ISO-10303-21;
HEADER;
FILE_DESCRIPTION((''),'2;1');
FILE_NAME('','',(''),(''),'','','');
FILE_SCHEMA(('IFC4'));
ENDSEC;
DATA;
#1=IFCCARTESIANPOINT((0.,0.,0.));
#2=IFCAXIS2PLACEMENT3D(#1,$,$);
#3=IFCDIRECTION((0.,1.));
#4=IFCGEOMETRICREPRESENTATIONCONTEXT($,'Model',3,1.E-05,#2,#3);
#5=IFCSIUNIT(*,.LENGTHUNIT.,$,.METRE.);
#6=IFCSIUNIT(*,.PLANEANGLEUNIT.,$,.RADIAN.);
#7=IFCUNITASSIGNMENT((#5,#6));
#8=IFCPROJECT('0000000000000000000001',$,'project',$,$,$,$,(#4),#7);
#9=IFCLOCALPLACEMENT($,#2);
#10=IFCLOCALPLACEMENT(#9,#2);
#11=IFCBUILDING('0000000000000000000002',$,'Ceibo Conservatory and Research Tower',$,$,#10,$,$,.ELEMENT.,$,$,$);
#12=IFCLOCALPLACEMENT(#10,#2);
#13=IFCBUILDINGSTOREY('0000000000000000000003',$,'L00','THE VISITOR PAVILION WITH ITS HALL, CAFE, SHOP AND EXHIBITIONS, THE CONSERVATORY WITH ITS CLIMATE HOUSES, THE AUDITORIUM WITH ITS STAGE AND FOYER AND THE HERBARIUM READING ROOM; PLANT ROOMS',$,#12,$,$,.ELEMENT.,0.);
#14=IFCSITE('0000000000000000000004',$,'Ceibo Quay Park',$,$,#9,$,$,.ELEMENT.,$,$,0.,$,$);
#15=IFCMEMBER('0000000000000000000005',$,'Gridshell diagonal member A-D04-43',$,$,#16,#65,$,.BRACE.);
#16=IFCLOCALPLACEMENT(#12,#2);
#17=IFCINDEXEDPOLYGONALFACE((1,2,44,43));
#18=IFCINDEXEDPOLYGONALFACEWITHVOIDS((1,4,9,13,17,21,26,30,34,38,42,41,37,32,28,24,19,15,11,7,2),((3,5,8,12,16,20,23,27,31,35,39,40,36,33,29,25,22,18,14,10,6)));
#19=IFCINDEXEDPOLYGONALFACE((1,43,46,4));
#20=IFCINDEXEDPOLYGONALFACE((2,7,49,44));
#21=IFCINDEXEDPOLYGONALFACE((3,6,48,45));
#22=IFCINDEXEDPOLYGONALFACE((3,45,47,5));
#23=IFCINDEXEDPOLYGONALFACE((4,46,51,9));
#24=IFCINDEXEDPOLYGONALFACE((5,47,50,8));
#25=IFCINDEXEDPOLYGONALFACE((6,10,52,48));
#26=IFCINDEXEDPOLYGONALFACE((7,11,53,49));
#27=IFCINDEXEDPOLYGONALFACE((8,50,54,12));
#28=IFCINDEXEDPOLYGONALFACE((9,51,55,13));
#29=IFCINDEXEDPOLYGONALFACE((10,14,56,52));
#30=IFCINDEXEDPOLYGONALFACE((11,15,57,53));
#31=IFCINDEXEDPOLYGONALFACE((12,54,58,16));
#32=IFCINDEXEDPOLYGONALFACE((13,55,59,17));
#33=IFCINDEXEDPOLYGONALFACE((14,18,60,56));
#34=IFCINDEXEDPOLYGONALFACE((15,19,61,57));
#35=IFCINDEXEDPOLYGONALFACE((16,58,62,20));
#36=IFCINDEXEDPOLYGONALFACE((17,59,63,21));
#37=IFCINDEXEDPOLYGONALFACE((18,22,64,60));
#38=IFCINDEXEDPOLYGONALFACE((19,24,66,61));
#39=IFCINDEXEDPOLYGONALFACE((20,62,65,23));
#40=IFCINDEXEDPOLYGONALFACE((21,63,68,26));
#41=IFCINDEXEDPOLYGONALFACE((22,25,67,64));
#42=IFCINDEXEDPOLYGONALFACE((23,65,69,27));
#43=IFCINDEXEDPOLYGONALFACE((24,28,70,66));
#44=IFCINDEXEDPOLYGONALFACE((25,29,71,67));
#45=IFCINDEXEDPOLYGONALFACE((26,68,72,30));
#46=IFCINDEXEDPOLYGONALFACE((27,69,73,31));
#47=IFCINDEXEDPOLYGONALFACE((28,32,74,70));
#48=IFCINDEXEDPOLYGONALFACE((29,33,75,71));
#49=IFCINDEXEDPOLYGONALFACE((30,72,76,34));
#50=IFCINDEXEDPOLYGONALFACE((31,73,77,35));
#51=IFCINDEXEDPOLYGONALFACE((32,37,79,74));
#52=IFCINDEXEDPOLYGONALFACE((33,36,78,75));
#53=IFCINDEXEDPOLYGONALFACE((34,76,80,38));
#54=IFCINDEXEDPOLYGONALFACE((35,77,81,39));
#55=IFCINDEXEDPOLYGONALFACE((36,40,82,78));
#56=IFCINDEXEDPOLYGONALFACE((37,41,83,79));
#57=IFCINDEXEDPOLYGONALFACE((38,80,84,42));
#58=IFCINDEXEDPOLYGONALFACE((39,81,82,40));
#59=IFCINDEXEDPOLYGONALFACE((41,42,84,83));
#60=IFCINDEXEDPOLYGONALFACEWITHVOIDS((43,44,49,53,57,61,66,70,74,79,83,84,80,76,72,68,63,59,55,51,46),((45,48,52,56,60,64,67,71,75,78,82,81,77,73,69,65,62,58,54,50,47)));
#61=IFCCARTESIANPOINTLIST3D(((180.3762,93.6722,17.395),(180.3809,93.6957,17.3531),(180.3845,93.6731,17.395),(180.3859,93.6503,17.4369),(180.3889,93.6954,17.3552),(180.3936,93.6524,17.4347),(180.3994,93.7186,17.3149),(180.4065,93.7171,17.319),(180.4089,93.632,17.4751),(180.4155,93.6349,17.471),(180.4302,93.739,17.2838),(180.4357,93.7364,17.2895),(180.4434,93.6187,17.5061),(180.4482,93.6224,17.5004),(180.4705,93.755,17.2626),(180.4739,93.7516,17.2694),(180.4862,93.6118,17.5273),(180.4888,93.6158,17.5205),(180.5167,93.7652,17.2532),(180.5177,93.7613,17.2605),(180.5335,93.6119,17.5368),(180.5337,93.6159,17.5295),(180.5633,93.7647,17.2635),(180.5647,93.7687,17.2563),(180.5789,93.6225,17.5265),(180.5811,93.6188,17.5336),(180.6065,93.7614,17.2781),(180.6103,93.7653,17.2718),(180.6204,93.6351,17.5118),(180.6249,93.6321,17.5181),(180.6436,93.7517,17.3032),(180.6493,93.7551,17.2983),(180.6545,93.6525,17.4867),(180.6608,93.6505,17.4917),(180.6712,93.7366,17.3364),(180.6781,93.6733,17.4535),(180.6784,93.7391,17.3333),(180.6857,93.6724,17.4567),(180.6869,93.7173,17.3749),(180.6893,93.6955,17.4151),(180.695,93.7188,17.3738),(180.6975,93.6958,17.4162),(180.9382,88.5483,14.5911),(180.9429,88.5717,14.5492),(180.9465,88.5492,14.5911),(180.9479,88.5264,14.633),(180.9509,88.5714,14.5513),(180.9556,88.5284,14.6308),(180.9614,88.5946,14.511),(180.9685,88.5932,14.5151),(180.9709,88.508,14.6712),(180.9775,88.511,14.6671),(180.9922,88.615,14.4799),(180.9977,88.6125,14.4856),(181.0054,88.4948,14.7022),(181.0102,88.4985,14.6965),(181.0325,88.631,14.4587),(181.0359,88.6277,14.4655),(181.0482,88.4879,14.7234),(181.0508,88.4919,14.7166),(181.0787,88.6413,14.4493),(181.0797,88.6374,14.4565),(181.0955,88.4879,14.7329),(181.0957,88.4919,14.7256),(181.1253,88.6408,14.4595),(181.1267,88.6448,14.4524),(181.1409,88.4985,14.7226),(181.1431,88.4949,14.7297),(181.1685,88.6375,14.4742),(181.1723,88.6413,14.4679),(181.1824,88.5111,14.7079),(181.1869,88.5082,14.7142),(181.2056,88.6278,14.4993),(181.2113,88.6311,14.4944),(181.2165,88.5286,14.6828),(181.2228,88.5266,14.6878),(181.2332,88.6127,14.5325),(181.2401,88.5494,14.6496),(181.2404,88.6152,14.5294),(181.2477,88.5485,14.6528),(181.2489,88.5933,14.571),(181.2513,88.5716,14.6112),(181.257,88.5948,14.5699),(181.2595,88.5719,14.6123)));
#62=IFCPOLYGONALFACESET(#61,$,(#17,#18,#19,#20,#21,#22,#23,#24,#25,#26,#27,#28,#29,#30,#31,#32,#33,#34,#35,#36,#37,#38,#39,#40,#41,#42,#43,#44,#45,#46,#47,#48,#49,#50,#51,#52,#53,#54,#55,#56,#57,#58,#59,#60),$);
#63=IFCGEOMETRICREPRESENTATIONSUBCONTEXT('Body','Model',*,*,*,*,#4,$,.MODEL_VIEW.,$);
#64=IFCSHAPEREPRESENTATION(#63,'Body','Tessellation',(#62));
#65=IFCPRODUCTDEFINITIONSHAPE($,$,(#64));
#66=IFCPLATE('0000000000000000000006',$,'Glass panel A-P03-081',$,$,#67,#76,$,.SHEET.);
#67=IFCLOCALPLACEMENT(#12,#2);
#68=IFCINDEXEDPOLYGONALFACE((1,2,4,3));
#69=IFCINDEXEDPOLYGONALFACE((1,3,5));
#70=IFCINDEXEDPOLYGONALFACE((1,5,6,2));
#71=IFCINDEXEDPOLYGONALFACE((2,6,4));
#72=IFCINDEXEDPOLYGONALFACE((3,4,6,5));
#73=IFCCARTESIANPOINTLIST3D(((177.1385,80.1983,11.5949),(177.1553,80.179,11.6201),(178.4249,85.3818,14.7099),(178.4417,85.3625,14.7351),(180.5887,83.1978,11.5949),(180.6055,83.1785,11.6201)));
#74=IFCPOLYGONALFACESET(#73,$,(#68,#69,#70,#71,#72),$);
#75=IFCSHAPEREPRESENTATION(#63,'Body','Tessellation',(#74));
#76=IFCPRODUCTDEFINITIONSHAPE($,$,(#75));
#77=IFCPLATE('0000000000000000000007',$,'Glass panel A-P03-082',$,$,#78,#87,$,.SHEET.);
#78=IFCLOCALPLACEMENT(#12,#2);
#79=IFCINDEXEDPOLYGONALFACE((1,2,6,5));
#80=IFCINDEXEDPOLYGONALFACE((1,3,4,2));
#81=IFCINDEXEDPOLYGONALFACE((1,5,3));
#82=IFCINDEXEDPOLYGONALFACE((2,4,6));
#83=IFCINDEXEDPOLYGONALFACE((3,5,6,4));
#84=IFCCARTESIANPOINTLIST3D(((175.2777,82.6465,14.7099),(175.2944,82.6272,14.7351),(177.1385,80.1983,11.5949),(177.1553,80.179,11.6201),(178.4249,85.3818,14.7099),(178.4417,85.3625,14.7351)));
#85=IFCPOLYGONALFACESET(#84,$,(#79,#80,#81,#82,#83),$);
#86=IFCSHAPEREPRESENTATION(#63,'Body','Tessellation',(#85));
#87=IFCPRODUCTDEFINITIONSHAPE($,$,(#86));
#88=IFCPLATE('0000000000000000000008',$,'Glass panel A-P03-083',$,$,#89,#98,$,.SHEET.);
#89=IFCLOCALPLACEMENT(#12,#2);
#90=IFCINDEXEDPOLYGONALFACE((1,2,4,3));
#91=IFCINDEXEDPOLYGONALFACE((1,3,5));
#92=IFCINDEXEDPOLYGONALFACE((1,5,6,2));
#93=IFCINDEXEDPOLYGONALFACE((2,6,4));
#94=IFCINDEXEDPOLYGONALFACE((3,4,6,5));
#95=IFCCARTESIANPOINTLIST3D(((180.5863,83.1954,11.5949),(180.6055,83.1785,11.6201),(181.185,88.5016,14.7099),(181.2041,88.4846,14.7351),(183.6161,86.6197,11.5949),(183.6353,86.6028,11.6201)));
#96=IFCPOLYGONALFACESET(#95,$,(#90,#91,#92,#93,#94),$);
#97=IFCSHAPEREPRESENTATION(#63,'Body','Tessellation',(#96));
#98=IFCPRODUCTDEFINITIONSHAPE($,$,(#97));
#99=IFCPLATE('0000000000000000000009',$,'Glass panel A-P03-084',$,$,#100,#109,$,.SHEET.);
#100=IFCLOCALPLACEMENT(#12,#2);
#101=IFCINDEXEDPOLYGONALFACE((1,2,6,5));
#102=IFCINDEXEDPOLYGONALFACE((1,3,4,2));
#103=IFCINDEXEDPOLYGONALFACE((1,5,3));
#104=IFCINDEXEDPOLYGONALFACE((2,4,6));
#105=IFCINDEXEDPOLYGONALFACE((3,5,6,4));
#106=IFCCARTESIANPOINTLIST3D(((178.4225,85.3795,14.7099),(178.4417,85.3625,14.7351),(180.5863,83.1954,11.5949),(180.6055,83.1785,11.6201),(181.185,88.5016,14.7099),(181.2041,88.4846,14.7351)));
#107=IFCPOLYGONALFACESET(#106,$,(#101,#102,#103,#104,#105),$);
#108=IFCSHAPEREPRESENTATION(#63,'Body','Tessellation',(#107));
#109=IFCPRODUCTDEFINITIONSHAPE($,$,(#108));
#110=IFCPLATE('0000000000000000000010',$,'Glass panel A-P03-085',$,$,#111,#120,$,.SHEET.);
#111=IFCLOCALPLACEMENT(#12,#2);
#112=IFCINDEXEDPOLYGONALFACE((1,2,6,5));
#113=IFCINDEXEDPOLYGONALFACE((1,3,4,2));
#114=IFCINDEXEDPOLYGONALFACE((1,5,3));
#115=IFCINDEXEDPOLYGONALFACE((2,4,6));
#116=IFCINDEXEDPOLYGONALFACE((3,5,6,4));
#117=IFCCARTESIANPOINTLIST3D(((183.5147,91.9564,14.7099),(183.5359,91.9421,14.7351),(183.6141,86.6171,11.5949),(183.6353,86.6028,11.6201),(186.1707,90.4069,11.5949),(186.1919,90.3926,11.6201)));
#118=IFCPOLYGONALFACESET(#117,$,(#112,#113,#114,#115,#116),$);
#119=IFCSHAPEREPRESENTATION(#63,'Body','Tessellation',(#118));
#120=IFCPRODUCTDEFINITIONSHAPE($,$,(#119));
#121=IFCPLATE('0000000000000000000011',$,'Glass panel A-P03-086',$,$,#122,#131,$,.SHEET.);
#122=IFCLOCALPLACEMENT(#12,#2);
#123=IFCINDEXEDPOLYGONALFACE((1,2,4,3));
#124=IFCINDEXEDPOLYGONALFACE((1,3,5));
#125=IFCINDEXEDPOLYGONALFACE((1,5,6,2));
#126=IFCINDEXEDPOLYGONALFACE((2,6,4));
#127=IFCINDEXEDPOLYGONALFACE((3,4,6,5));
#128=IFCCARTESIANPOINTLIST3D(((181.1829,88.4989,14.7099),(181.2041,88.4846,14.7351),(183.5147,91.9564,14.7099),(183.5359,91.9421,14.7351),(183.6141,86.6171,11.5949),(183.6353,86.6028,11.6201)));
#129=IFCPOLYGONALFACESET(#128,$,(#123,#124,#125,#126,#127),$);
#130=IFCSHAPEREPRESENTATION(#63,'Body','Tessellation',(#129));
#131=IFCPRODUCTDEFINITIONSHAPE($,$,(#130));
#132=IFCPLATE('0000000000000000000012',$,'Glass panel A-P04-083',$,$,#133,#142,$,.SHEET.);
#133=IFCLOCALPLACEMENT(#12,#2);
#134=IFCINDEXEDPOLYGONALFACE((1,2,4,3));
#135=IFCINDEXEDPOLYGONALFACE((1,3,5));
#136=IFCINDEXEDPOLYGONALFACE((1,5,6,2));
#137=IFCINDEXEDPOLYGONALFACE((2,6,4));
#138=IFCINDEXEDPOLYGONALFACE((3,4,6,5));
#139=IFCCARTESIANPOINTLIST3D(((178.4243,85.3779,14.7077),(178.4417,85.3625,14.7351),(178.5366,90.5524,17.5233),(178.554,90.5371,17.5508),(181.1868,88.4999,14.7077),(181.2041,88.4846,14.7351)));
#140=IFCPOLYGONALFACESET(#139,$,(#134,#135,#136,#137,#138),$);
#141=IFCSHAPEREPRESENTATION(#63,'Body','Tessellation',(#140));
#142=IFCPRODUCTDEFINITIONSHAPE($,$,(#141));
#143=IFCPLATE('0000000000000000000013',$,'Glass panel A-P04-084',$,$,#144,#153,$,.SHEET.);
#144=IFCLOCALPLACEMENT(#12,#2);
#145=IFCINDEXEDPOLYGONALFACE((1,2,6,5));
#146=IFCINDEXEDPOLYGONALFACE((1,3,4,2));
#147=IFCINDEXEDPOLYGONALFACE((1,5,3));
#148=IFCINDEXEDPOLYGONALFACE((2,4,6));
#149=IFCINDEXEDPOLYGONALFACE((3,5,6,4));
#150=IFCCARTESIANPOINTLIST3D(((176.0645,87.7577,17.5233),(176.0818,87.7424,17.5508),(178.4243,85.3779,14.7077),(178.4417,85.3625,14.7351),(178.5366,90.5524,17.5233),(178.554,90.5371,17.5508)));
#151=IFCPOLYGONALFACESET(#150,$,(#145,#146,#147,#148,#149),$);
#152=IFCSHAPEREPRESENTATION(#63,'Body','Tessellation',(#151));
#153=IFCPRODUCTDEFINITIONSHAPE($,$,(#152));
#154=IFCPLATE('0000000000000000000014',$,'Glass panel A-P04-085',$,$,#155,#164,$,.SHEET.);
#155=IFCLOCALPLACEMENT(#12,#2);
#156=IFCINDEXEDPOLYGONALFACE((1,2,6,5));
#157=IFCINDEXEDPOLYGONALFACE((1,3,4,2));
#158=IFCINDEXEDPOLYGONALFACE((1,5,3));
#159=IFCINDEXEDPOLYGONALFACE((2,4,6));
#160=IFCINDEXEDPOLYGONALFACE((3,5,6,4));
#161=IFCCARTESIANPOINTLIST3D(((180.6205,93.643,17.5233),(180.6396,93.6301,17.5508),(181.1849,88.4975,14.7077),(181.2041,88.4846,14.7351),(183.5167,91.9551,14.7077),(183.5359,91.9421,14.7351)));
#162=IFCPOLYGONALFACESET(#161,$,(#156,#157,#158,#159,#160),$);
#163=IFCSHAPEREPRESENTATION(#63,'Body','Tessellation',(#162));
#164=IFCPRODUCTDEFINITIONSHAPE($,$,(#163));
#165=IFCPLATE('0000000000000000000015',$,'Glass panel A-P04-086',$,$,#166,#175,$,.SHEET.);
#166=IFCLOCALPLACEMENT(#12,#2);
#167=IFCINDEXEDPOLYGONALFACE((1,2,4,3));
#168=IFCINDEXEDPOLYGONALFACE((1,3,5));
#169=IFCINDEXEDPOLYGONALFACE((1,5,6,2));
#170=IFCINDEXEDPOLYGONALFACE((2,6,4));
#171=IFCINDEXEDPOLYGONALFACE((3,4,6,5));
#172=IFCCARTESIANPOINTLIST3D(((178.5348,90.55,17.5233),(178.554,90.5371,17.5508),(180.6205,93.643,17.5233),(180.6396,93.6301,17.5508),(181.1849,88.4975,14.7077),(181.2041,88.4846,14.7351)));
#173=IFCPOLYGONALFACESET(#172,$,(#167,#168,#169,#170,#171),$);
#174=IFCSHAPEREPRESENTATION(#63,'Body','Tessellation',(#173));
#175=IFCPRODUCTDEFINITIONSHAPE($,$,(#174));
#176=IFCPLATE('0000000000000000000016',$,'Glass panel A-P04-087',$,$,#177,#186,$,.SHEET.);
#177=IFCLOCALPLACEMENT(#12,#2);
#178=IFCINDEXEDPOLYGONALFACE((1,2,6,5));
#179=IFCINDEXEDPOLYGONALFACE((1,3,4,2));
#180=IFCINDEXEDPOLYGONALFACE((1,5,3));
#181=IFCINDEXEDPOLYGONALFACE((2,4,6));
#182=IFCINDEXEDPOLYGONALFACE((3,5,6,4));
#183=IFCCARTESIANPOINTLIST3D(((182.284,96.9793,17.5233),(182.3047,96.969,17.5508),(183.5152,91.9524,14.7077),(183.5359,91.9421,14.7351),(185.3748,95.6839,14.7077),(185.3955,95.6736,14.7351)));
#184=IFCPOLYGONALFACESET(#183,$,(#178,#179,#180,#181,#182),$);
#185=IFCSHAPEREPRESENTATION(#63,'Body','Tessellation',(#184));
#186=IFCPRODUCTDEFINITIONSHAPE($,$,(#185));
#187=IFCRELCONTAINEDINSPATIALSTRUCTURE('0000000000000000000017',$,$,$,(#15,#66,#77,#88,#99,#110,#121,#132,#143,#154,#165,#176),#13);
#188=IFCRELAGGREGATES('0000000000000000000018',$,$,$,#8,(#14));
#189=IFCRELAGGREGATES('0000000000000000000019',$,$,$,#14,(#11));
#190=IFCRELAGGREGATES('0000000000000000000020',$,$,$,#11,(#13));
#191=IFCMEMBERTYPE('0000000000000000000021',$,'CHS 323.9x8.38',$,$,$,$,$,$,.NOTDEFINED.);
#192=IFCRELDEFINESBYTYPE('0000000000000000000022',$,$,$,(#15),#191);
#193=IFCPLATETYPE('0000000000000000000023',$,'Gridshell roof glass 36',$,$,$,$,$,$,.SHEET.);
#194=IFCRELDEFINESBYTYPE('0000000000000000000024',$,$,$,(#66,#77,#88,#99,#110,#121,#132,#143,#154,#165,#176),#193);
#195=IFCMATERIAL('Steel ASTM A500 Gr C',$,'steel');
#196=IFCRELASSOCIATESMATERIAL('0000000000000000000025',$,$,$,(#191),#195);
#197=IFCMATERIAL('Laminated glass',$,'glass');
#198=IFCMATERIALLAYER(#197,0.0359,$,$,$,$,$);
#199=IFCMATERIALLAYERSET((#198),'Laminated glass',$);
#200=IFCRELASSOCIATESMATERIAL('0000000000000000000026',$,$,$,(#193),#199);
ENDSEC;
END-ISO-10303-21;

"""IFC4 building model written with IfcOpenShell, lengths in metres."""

from ifc_helpers import new_model, si_unit, direction, frame, origin, origin_2d, place, context, subcontext, project, spatial, polyline, hollow_circle, outline, extrude, material, layer, layer_set, material_profile, profile_set, type_object, element, save


model = new_model("IFC4")

# Units and contexts
model_context = context("Model", 3, precision=1e-05, world=origin(), true_north=direction((0.0, 1.0)))
body_context = subcontext(model_context, "Body", "Model", "MODEL_VIEW")
ifc_project = project(units=[si_unit("LENGTHUNIT", "METRE"), si_unit("PLANEANGLEUNIT", "RADIAN")], contexts=[model_context])

# Site, building, storey
site_placement = place(None, origin())
site = spatial("IfcSite", under=ifc_project, at=site_placement, Name="Ceibo Quay Park", CompositionType="ELEMENT", RefElevation=0.0)
building_placement = place(site_placement, origin())
building = spatial("IfcBuilding", under=site, at=building_placement, Name="Ceibo Conservatory and Research Tower", CompositionType="ELEMENT")
storey_placement = place(building_placement, origin())
storey = spatial("IfcBuildingStorey", under=building, at=storey_placement, Name="L00", Description="THE VISITOR PAVILION WITH ITS HALL, CAFE, SHOP AND EXHIBITIONS, THE CONSERVATORY WITH ITS CLIMATE HOUSES, THE AUDITORIUM WITH ITS STAGE AND FOYER AND THE HERBARIUM READING ROOM; PLANT ROOMS", CompositionType="ELEMENT", Elevation=0.0)

# Member
ifc_material_1 = material(Name="Steel ASTM A500 Gr C", Category="steel")
ifc_material_profile_1 = material_profile(ifc_material_1, hollow_circle(Radius=0.1619, WallThickness=0.0083, at=origin_2d()), Name="CHS 323.9x8.38")
ifc_profile_set_1 = profile_set([ifc_material_profile_1], Name="Steel ASTM A500 Gr C")
member_type_1 = type_object("IfcMemberType", Name="CHS 323.9x8.38", PredefinedType="NOTDEFINED", material=ifc_profile_set_1)
member_1_placement = place(storey_placement, frame((181.0991, 88.5659, 14.5911), z_axis=(-0.095775, 0.873212, 0.477837), x_axis=(-0.994039, -0.109028, 0.0)))
element("IfcMember", 1, at=member_1_placement, inside=storey, type_object=member_type_1, Name="Gridshell diagonal member A-D04-43", PredefinedType="BRACE", context=body_context, shape_type="SweptSolid", body=[
    extrude(hollow_circle(Radius=0.1619, WallThickness=0.0083, at=origin_2d()), origin(), (0.0, 0.0, 1.0), 5.8679),
])

# Plates
ifc_material_2 = material(Name="Laminated glass", Category="glass")
ifc_layer = layer(ifc_material_2, 0.0359)
ifc_layer_set = layer_set([ifc_layer], Name="Laminated glass")
plate_type = type_object("IfcPlateType", Name="Gridshell roof glass 36", PredefinedType="SHEET", material=ifc_layer_set)
plate_1_placement = place(storey_placement, frame((177.1553, 80.179, 11.6201), z_axis=(0.467447, -0.537681, 0.701707), x_axis=(0.754677, 0.656097, 0.0)))
element("IfcPlate", 2, at=plate_1_placement, inside=storey, type_object=plate_type, Name="Glass panel A-P03-081", PredefinedType="SHEET", context=body_context, shape_type="SweptSolid", body=[
    extrude(outline(polyline([(0.0, 0.0), (4.5718, 0.0), (4.3717, 4.3721), (0.0, 0.0)])), origin(), (0.0, 0.0, -1.0), 0.0359),
])
plate_2_placement = place(storey_placement, frame((177.1553, 80.179, 11.6201), z_axis=(0.467328, -0.537694, 0.701776), x_axis=(0.208056, 0.838383, 0.503812)))
element("IfcPlate", 3, at=plate_2_placement, inside=storey, type_object=plate_type, Name="Glass panel A-P03-082", PredefinedType="SHEET", context=body_context, shape_type="SweptSolid", body=[
    extrude(outline(polyline([(0.0, 0.0), (6.1828, 0.0), (3.2348, 2.9489), (0.0, 0.0)])), origin(), (0.0, 0.0, -1.0), 0.0359),
])
plate_3_placement = place(storey_placement, frame((180.6055, 83.1785, 11.6201), z_axis=(0.533606, -0.472127, 0.701685), x_axis=(0.662645, 0.748933, 0.0)))
element("IfcPlate", 4, at=plate_3_placement, inside=storey, type_object=plate_type, Name="Glass panel A-P03-083", PredefinedType="SHEET", context=body_context, shape_type="SweptSolid", body=[
    extrude(outline(polyline([(0.0, 0.0), (4.5723, 0.0), (4.3706, 4.372), (0.0, 0.0)])), origin(), (0.0, 0.0, -1.0), 0.0359),
])
plate_4_placement = place(storey_placement, frame((180.6055, 83.1785, 11.6201), z_axis=(0.533592, -0.47213, 0.701693), x_axis=(0.096835, 0.858327, 0.503883)))
element("IfcPlate", 5, at=plate_4_placement, inside=storey, type_object=plate_type, Name="Glass panel A-P03-084", PredefinedType="SHEET", context=body_context, shape_type="SweptSolid", body=[
    extrude(outline(polyline([(0.0, 0.0), (6.182, 0.0), (3.2347, 2.9482), (0.0, 0.0)])), origin(), (0.0, 0.0, -1.0), 0.0359),
])
plate_5_placement = place(storey_placement, frame((183.6353, 86.6028, 11.6201), z_axis=(0.590588, -0.398418, 0.701761), x_axis=(0.559252, 0.828998, 0.0)))
element("IfcPlate", 6, at=plate_5_placement, inside=storey, type_object=plate_type, Name="Glass panel A-P03-085", PredefinedType="SHEET", context=body_context, shape_type="SweptSolid", body=[
    extrude(outline(polyline([(0.0, 0.0), (4.5715, 0.0), (4.3707, 4.3725), (0.0, 0.0)])), origin(), (0.0, 0.0, -1.0), 0.0359),
])
plate_6_placement = place(storey_placement, frame((183.6353, 86.6028, 11.6201), z_axis=(0.590701, -0.398375, 0.701691), x_axis=(-0.016072, 0.863642, 0.50385)))
element("IfcPlate", 7, at=plate_6_placement, inside=storey, type_object=plate_type, Name="Glass panel A-P03-086", PredefinedType="SHEET", context=body_context, shape_type="SweptSolid", body=[
    extrude(outline(polyline([(0.0, 0.0), (6.1824, 0.0), (3.2338, 2.9492), (0.0, 0.0)])), origin(), (0.0, 0.0, -1.0), 0.0359),
])
plate_7_placement = place(storey_placement, frame((178.4417, 85.3625, 14.7351), z_axis=(0.482303, -0.426749, 0.765029), x_axis=(0.662657, 0.748923, 0.0)))
element("IfcPlate", 8, at=plate_7_placement, inside=storey, type_object=plate_type, Name="Glass panel A-P04-083", PredefinedType="SHEET", context=body_context, shape_type="SweptSolid", body=[
    extrude(outline(polyline([(0.0, 0.0), (4.1687, 0.0), (3.9498, 4.3722), (0.0, 0.0)])), origin(), (0.0, 0.0, -1.0), 0.0359),
])
plate_8_placement = place(storey_placement, frame((178.4417, 85.3625, 14.7351), z_axis=(0.482395, -0.426726, 0.764984), x_axis=(0.01906, 0.878222, 0.477874)))
element("IfcPlate", 9, at=plate_8_placement, inside=storey, type_object=plate_type, Name="Glass panel A-P04-084", PredefinedType="SHEET", context=body_context, shape_type="SweptSolid", body=[
    extrude(outline(polyline([(0.0, 0.0), (5.8921, 0.0), (3.3906, 2.7685), (0.0, 0.0)])), origin(), (0.0, 0.0, -1.0), 0.0359),
])
plate_9_placement = place(storey_placement, frame((181.2041, 88.4846, 14.7351), z_axis=(0.533906, -0.360072, 0.765045), x_axis=(0.559137, 0.829075, 0.0)))
element("IfcPlate", 10, at=plate_9_placement, inside=storey, type_object=plate_type, Name="Glass panel A-P04-085", PredefinedType="SHEET", context=body_context, shape_type="SweptSolid", body=[
    extrude(outline(polyline([(0.0, 0.0), (4.1703, 0.0), (3.9504, 4.3723), (0.0, 0.0)])), origin(), (0.0, 0.0, -1.0), 0.0359),
])
plate_10_placement = place(storey_placement, frame((181.2041, 88.4846, 14.7351), z_axis=(0.533949, -0.360054, 0.765022), x_axis=(-0.09579, 0.873213, 0.477831)))
element("IfcPlate", 11, at=plate_10_placement, inside=storey, type_object=plate_type, Name="Glass panel A-P04-086", PredefinedType="SHEET", context=body_context, shape_type="SweptSolid", body=[
    extrude(outline(polyline([(0.0, 0.0), (5.8926, 0.0), (3.3915, 2.7679), (0.0, 0.0)])), origin(), (0.0, 0.0, -1.0), 0.0359),
])
plate_11_placement = place(storey_placement, frame((183.5359, 91.9421, 14.7351), z_axis=(0.576457, -0.287286, 0.76496), x_axis=(0.446042, 0.895012, 0.0)))
element("IfcPlate", 12, at=plate_11_placement, inside=storey, type_object=plate_type, Name="Glass panel A-P04-087", PredefinedType="SHEET", context=body_context, shape_type="SweptSolid", body=[
    extrude(outline(polyline([(0.0, 0.0), (4.1692, 0.0), (3.9499, 4.3716), (0.0, 0.0)])), origin(), (0.0, 0.0, -1.0), 0.0359),
])

save(model, "model.ifc")
